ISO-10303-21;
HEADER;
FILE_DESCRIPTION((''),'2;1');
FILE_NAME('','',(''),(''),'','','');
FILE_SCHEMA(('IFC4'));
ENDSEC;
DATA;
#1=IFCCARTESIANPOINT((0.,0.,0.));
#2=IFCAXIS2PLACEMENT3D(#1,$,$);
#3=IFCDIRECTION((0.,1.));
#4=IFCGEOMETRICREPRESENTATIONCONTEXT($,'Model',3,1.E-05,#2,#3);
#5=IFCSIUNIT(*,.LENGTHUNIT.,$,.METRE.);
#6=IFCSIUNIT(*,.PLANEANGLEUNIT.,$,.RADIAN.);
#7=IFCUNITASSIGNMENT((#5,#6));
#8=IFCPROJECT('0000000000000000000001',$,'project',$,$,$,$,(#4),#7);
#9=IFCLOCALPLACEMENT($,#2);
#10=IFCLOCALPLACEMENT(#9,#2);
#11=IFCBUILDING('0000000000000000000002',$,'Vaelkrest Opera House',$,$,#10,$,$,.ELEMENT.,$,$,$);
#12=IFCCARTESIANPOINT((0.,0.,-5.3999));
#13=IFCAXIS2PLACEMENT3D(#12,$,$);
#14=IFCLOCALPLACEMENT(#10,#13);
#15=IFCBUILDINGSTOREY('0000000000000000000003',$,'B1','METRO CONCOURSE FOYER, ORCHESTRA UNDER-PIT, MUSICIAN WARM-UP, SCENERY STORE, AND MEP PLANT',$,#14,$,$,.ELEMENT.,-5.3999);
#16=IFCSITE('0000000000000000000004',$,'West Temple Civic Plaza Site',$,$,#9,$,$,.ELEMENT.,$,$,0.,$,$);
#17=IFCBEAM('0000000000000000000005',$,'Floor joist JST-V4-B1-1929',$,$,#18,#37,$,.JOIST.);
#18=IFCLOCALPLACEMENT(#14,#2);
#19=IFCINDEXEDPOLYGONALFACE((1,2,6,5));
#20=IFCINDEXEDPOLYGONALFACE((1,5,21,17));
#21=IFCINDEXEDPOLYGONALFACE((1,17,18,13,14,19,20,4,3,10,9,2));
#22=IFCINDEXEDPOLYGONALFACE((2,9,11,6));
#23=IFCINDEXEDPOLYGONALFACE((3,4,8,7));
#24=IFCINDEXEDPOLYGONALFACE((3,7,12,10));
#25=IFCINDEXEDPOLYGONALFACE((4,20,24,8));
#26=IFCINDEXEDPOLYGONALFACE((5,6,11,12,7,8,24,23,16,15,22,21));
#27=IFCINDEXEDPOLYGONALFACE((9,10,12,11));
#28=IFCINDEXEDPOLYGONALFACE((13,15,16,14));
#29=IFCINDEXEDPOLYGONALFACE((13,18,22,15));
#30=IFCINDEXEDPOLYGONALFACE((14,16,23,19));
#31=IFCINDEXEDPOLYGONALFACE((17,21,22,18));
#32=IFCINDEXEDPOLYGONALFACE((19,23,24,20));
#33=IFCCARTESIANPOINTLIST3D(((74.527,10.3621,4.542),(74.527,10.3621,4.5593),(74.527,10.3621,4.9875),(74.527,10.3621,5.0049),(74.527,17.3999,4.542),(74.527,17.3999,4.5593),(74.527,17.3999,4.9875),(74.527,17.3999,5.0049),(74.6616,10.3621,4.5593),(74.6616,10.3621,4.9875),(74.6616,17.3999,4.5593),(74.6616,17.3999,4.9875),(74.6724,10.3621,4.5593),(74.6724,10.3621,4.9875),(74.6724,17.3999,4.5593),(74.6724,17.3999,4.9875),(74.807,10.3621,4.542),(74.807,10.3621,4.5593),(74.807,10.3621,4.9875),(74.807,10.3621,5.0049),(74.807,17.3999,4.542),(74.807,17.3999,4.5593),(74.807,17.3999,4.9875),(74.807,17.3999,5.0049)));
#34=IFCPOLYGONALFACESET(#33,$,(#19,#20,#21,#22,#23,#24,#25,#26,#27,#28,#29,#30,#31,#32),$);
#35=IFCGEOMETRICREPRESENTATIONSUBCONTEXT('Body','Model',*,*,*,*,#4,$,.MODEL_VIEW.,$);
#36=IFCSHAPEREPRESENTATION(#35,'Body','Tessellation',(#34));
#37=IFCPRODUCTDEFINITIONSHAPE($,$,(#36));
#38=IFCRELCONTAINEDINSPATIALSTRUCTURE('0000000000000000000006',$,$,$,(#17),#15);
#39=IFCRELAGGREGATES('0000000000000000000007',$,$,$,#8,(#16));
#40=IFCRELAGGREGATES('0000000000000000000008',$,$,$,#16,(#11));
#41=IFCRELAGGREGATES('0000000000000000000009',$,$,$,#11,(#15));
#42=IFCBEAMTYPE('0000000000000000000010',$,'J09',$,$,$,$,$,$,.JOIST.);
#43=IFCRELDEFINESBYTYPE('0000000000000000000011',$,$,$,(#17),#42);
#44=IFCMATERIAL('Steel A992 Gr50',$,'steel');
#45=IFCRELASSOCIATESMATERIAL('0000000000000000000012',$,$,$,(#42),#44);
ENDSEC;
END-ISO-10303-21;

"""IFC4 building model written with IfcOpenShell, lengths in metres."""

from ifc_helpers import new_model, si_unit, direction, frame, origin, origin_2d, place, context, subcontext, project, spatial, i_section, extrude, material, material_profile, profile_set, type_object, element, save


model = new_model("IFC4")

# Units and contexts
model_context = context("Model", 3, precision=1e-05, world=origin(), true_north=direction((0.0, 1.0)))
body_context = subcontext(model_context, "Body", "Model", "MODEL_VIEW")
ifc_project = project(units=[si_unit("LENGTHUNIT", "METRE"), si_unit("PLANEANGLEUNIT", "RADIAN")], contexts=[model_context])

# Site, building, storey
site_placement = place(None, origin())
site = spatial("IfcSite", under=ifc_project, at=site_placement, Name="West Temple Civic Plaza Site", CompositionType="ELEMENT", RefElevation=0.0)
building_placement = place(site_placement, origin())
building = spatial("IfcBuilding", under=site, at=building_placement, Name="Vaelkrest Opera House", CompositionType="ELEMENT")
storey_placement = place(building_placement, frame((0.0, 0.0, -5.3999)))
storey = spatial("IfcBuildingStorey", under=building, at=storey_placement, Name="B1", Description="METRO CONCOURSE FOYER, ORCHESTRA UNDER-PIT, MUSICIAN WARM-UP, SCENERY STORE, AND MEP PLANT", CompositionType="ELEMENT", Elevation=-5.3999)

# Beam
ifc_material_1 = material(Name="Steel A992 Gr50", Category="steel")
ifc_material_profile_1 = material_profile(ifc_material_1, i_section(OverallWidth=0.28, OverallDepth=0.4629, WebThickness=0.0107, FlangeThickness=0.0173, at=origin_2d()), Name="W18X76")
ifc_profile_set_1 = profile_set([ifc_material_profile_1], Name="Steel A992 Gr50")
beam_type_1 = type_object("IfcBeamType", Name="J09", PredefinedType="JOIST", material=ifc_profile_set_1)
beam_1_placement = place(storey_placement, frame((74.667, 10.3621, 4.7734), z_axis=(0.0, 1.0, 0.0), x_axis=(-1.0, 0.0, 0.0)))
element("IfcBeam", 1, at=beam_1_placement, inside=storey, type_object=beam_type_1, Name="Floor joist JST-V4-B1-1929", PredefinedType="JOIST", context=body_context, shape_type="SweptSolid", body=[
    extrude(i_section(OverallWidth=0.28, OverallDepth=0.4629, WebThickness=0.0107, FlangeThickness=0.0173, at=origin_2d()), origin(), (0.0, 0.0, 1.0), 7.0378),
])

save(model, "model.ifc")
